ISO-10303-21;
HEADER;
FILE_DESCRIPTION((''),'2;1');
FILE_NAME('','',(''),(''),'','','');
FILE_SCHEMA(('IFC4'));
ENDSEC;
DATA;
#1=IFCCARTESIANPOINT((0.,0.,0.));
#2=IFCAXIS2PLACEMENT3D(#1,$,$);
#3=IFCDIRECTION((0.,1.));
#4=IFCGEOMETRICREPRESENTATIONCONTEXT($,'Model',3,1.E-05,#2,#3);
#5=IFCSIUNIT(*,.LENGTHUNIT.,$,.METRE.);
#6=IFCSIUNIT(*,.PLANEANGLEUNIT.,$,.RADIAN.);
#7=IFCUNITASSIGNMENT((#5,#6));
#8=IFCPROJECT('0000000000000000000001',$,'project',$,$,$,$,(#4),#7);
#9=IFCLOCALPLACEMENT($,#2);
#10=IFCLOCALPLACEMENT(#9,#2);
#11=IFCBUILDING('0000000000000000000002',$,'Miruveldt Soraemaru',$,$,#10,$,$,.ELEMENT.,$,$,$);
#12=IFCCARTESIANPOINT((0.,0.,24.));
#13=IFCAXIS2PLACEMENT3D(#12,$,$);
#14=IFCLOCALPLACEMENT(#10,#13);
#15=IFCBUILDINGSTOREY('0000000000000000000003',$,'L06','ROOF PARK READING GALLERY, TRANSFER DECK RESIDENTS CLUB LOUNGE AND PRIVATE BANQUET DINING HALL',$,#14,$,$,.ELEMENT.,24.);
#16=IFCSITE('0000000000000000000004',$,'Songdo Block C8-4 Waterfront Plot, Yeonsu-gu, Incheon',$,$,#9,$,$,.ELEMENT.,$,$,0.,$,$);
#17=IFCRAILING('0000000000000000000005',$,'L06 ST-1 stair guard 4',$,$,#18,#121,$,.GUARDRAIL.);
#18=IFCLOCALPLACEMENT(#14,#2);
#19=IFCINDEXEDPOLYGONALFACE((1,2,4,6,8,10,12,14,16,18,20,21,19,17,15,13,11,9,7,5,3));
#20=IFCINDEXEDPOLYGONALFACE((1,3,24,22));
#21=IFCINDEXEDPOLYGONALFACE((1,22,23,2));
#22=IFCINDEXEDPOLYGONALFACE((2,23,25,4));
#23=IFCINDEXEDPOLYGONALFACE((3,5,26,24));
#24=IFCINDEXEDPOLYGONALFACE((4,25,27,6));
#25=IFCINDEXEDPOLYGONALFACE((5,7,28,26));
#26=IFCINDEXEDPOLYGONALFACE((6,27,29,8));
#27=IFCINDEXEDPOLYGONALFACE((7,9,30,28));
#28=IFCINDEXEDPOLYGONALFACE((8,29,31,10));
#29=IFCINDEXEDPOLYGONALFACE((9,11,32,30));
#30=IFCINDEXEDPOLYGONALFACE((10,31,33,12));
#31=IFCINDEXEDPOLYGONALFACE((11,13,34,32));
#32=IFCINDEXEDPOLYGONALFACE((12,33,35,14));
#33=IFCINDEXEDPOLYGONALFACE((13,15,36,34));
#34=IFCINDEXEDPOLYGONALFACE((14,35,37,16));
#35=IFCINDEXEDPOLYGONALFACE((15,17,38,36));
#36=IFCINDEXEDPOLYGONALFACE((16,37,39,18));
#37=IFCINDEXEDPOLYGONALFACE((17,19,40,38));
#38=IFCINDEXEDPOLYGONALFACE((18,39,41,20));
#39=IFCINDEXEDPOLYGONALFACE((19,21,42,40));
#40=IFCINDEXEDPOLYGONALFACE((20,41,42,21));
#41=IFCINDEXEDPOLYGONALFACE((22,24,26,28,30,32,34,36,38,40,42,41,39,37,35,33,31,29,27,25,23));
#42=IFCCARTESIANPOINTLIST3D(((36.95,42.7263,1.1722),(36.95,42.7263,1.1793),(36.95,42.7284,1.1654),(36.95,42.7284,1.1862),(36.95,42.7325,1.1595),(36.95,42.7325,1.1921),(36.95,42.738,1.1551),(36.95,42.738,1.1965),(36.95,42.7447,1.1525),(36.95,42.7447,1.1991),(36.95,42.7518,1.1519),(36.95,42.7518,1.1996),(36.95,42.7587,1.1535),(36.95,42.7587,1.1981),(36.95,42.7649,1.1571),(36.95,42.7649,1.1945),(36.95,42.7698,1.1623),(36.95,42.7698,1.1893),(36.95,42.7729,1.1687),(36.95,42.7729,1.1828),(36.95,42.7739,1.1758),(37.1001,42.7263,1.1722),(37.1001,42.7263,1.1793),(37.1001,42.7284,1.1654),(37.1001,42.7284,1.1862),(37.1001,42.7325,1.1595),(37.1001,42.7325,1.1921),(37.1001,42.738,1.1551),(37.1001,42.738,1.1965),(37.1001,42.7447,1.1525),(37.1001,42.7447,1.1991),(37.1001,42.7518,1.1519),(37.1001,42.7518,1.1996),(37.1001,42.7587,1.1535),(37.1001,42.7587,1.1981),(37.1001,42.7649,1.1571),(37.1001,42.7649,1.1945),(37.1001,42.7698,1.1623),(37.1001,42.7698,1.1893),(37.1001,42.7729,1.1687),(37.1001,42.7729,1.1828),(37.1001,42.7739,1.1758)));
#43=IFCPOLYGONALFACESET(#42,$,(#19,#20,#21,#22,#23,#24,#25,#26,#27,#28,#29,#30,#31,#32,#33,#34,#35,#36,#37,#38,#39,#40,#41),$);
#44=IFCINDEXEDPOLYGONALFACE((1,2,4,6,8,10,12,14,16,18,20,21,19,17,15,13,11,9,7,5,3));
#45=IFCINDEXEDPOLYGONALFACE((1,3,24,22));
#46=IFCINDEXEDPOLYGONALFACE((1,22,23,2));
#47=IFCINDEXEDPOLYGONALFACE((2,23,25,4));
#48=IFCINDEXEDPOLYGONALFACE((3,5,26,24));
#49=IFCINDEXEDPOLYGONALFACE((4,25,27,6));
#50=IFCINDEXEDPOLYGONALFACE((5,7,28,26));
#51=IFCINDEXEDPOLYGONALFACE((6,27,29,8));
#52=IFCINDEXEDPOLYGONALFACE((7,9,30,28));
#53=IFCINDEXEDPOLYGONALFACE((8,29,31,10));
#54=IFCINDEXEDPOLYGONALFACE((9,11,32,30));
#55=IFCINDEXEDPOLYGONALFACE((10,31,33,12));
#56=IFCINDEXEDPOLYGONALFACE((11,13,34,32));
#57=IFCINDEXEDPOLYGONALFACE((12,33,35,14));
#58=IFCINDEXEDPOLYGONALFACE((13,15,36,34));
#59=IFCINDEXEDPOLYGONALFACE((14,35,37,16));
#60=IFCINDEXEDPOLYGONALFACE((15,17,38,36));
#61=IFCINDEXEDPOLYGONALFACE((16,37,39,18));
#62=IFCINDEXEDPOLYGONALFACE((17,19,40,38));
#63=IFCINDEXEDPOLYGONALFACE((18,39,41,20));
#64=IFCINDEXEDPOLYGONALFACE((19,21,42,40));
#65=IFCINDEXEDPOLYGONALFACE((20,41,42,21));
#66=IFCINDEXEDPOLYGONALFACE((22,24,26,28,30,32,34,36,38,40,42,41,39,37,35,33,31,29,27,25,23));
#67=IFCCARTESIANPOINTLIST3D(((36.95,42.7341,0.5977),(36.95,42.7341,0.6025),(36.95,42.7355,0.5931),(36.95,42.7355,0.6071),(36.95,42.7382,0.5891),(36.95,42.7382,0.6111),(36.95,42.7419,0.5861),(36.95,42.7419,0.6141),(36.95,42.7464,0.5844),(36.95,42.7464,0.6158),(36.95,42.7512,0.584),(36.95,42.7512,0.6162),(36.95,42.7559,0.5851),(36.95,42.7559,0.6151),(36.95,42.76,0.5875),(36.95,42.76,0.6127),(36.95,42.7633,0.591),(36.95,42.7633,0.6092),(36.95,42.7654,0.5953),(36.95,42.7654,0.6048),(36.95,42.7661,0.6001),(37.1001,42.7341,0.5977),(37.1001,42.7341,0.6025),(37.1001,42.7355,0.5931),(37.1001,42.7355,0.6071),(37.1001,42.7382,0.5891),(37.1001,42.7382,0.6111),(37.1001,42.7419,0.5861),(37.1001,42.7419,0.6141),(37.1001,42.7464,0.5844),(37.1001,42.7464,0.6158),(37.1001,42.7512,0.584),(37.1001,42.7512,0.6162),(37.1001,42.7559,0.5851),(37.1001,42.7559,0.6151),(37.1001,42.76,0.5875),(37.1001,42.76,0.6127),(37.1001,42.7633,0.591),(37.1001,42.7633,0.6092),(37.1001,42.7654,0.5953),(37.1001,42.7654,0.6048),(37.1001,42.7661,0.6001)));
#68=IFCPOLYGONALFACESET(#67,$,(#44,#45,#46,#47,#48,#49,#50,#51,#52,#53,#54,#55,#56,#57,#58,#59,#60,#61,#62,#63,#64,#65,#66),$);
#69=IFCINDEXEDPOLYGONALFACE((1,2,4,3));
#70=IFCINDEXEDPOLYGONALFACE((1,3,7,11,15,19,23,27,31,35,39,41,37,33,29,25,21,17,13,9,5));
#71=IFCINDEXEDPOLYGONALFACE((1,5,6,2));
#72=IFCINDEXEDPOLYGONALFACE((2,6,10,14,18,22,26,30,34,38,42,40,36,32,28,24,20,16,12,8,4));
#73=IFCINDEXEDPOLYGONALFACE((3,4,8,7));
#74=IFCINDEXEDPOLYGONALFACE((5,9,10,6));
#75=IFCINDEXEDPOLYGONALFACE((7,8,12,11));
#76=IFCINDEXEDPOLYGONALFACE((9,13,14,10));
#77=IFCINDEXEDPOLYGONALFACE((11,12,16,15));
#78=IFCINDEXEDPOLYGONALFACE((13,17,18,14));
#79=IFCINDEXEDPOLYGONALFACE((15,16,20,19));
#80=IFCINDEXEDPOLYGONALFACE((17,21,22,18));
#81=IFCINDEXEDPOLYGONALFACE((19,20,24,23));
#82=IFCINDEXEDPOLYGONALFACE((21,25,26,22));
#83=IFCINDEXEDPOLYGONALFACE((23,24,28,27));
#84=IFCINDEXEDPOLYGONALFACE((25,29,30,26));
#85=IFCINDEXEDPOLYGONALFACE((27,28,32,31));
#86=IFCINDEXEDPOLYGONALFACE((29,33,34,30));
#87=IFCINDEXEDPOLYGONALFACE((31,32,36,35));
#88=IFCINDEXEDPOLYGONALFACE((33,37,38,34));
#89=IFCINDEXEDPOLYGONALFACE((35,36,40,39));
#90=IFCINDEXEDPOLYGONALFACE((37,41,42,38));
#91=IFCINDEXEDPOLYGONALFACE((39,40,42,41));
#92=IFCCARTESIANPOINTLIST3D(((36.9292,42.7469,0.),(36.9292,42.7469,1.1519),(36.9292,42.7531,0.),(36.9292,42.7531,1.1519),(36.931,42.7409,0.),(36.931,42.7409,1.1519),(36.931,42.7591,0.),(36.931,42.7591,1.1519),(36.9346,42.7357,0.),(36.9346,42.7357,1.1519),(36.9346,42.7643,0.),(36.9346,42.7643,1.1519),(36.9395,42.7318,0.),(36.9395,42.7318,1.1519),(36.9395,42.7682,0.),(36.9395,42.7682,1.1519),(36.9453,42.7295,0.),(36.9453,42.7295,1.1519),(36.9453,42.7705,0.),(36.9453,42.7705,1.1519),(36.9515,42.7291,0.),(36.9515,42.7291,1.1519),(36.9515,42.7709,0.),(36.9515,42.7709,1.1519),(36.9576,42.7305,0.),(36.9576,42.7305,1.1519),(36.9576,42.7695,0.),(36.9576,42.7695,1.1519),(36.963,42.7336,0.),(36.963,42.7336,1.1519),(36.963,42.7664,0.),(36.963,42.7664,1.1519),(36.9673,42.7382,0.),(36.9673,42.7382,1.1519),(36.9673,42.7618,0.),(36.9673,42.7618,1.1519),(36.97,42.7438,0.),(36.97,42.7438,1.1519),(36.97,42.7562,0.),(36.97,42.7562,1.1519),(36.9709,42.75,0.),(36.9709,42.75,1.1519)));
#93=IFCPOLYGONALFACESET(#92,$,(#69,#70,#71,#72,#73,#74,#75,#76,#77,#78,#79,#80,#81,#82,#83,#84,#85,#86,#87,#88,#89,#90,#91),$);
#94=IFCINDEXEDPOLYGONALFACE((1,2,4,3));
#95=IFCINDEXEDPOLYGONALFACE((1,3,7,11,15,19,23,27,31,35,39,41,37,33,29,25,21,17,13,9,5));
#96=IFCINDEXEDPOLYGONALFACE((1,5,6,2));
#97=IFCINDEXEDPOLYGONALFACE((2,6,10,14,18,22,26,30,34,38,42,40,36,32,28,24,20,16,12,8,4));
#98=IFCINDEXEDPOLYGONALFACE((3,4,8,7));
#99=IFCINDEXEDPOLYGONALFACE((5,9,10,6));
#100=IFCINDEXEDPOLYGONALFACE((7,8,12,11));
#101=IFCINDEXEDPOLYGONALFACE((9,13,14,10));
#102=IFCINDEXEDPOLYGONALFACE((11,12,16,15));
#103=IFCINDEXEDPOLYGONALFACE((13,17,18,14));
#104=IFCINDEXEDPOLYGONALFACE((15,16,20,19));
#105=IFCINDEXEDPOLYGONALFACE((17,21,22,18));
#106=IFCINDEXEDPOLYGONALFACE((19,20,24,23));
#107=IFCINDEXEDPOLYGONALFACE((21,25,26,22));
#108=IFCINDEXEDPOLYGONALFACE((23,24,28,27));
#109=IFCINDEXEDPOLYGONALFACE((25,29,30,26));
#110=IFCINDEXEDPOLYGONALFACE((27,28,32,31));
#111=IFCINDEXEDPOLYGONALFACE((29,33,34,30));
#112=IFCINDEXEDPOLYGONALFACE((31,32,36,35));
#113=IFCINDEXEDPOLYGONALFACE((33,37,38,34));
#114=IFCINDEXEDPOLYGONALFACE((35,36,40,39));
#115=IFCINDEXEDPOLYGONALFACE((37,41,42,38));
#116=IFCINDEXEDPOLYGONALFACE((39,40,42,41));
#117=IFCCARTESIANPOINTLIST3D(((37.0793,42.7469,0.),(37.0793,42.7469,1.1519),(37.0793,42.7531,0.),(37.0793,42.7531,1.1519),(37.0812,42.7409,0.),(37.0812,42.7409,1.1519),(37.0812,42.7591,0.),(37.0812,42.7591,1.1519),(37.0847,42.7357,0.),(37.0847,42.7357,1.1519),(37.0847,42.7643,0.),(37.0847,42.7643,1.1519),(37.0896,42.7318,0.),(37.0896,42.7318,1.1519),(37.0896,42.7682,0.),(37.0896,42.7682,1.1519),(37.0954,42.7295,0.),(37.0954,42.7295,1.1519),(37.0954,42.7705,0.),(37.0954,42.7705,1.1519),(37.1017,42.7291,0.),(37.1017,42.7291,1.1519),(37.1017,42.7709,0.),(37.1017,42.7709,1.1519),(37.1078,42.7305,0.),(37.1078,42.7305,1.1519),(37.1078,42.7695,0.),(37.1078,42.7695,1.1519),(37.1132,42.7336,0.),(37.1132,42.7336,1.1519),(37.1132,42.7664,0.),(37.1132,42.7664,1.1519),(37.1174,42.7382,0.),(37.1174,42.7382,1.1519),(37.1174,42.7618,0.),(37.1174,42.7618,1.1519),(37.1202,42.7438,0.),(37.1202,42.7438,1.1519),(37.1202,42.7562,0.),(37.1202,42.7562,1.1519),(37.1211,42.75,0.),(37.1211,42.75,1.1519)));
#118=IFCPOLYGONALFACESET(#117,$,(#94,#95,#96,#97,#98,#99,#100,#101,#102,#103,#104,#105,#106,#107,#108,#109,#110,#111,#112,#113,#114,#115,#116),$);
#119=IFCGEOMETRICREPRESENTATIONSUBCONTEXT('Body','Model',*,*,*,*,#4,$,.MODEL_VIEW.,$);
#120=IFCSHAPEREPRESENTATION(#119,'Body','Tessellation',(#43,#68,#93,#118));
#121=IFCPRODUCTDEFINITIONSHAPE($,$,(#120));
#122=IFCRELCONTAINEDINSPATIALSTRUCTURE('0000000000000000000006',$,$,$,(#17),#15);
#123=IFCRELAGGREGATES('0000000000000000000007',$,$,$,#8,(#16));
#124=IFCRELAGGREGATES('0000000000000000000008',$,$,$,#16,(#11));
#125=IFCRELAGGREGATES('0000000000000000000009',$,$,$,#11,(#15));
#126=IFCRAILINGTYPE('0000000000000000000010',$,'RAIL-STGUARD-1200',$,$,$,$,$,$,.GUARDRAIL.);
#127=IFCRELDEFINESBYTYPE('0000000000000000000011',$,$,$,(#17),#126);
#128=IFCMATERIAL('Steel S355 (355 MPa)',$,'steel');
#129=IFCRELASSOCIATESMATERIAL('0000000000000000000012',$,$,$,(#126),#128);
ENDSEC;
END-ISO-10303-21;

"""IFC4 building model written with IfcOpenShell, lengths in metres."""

from ifc_helpers import new_model, si_unit, direction, frame, origin, origin_2d, place, context, subcontext, project, spatial, circle, extrude, material, type_object, element, save


model = new_model("IFC4")

# Units and contexts
model_context = context("Model", 3, precision=1e-05, world=origin(), true_north=direction((0.0, 1.0)))
body_context = subcontext(model_context, "Body", "Model", "MODEL_VIEW")
ifc_project = project(units=[si_unit("LENGTHUNIT", "METRE"), si_unit("PLANEANGLEUNIT", "RADIAN")], contexts=[model_context])

# Site, building, storey
site_placement = place(None, origin())
site = spatial("IfcSite", under=ifc_project, at=site_placement, Name="Songdo Block C8-4 Waterfront Plot, Yeonsu-gu, Incheon", CompositionType="ELEMENT", RefElevation=0.0)
building_placement = place(site_placement, origin())
building = spatial("IfcBuilding", under=site, at=building_placement, Name="Miruveldt Soraemaru", CompositionType="ELEMENT")
storey_placement = place(building_placement, frame((0.0, 0.0, 24.0)))
storey = spatial("IfcBuildingStorey", under=building, at=storey_placement, Name="L06", Description="ROOF PARK READING GALLERY, TRANSFER DECK RESIDENTS CLUB LOUNGE AND PRIVATE BANQUET DINING HALL", CompositionType="ELEMENT", Elevation=24.0)

# Railing
ifc_material_1 = material(Name="Steel S355 (355 MPa)", Category="steel")
railing_type_1 = type_object("IfcRailingType", Name="RAIL-STGUARD-1200", PredefinedType="GUARDRAIL", material=ifc_material_1)
railing_1_placement = place(storey_placement, frame((36.95, 42.75, 0.0)))
element("IfcRailing", 1, at=railing_1_placement, inside=storey, type_object=railing_type_1, Name="L06 ST-1 stair guard 4", PredefinedType="GUARDRAIL", context=body_context, shape_type="SweptSolid", body=[
    extrude(circle(Radius=0.0239, at=origin_2d()), frame((0.0, 0.0, 1.1758), z_axis=(1.0, 0.0, 0.0), x_axis=(0.0, 1.0, 0.0)), (0.0, 0.0, 1.0), 0.1501),
    extrude(circle(Radius=0.0161, at=origin_2d()), frame((0.0, 0.0, 0.6001), z_axis=(1.0, 0.0, 0.0), x_axis=(0.0, 1.0, 0.0)), (0.0, 0.0, 1.0), 0.1501),
    extrude(circle(Radius=0.021, at=origin_2d()), origin(), (0.0, 0.0, 1.0), 1.1519),
    extrude(circle(Radius=0.021, at=origin_2d()), frame((0.1501, 0.0, 0.0)), (0.0, 0.0, 1.0), 1.1519),
])

save(model, "model.ifc")
